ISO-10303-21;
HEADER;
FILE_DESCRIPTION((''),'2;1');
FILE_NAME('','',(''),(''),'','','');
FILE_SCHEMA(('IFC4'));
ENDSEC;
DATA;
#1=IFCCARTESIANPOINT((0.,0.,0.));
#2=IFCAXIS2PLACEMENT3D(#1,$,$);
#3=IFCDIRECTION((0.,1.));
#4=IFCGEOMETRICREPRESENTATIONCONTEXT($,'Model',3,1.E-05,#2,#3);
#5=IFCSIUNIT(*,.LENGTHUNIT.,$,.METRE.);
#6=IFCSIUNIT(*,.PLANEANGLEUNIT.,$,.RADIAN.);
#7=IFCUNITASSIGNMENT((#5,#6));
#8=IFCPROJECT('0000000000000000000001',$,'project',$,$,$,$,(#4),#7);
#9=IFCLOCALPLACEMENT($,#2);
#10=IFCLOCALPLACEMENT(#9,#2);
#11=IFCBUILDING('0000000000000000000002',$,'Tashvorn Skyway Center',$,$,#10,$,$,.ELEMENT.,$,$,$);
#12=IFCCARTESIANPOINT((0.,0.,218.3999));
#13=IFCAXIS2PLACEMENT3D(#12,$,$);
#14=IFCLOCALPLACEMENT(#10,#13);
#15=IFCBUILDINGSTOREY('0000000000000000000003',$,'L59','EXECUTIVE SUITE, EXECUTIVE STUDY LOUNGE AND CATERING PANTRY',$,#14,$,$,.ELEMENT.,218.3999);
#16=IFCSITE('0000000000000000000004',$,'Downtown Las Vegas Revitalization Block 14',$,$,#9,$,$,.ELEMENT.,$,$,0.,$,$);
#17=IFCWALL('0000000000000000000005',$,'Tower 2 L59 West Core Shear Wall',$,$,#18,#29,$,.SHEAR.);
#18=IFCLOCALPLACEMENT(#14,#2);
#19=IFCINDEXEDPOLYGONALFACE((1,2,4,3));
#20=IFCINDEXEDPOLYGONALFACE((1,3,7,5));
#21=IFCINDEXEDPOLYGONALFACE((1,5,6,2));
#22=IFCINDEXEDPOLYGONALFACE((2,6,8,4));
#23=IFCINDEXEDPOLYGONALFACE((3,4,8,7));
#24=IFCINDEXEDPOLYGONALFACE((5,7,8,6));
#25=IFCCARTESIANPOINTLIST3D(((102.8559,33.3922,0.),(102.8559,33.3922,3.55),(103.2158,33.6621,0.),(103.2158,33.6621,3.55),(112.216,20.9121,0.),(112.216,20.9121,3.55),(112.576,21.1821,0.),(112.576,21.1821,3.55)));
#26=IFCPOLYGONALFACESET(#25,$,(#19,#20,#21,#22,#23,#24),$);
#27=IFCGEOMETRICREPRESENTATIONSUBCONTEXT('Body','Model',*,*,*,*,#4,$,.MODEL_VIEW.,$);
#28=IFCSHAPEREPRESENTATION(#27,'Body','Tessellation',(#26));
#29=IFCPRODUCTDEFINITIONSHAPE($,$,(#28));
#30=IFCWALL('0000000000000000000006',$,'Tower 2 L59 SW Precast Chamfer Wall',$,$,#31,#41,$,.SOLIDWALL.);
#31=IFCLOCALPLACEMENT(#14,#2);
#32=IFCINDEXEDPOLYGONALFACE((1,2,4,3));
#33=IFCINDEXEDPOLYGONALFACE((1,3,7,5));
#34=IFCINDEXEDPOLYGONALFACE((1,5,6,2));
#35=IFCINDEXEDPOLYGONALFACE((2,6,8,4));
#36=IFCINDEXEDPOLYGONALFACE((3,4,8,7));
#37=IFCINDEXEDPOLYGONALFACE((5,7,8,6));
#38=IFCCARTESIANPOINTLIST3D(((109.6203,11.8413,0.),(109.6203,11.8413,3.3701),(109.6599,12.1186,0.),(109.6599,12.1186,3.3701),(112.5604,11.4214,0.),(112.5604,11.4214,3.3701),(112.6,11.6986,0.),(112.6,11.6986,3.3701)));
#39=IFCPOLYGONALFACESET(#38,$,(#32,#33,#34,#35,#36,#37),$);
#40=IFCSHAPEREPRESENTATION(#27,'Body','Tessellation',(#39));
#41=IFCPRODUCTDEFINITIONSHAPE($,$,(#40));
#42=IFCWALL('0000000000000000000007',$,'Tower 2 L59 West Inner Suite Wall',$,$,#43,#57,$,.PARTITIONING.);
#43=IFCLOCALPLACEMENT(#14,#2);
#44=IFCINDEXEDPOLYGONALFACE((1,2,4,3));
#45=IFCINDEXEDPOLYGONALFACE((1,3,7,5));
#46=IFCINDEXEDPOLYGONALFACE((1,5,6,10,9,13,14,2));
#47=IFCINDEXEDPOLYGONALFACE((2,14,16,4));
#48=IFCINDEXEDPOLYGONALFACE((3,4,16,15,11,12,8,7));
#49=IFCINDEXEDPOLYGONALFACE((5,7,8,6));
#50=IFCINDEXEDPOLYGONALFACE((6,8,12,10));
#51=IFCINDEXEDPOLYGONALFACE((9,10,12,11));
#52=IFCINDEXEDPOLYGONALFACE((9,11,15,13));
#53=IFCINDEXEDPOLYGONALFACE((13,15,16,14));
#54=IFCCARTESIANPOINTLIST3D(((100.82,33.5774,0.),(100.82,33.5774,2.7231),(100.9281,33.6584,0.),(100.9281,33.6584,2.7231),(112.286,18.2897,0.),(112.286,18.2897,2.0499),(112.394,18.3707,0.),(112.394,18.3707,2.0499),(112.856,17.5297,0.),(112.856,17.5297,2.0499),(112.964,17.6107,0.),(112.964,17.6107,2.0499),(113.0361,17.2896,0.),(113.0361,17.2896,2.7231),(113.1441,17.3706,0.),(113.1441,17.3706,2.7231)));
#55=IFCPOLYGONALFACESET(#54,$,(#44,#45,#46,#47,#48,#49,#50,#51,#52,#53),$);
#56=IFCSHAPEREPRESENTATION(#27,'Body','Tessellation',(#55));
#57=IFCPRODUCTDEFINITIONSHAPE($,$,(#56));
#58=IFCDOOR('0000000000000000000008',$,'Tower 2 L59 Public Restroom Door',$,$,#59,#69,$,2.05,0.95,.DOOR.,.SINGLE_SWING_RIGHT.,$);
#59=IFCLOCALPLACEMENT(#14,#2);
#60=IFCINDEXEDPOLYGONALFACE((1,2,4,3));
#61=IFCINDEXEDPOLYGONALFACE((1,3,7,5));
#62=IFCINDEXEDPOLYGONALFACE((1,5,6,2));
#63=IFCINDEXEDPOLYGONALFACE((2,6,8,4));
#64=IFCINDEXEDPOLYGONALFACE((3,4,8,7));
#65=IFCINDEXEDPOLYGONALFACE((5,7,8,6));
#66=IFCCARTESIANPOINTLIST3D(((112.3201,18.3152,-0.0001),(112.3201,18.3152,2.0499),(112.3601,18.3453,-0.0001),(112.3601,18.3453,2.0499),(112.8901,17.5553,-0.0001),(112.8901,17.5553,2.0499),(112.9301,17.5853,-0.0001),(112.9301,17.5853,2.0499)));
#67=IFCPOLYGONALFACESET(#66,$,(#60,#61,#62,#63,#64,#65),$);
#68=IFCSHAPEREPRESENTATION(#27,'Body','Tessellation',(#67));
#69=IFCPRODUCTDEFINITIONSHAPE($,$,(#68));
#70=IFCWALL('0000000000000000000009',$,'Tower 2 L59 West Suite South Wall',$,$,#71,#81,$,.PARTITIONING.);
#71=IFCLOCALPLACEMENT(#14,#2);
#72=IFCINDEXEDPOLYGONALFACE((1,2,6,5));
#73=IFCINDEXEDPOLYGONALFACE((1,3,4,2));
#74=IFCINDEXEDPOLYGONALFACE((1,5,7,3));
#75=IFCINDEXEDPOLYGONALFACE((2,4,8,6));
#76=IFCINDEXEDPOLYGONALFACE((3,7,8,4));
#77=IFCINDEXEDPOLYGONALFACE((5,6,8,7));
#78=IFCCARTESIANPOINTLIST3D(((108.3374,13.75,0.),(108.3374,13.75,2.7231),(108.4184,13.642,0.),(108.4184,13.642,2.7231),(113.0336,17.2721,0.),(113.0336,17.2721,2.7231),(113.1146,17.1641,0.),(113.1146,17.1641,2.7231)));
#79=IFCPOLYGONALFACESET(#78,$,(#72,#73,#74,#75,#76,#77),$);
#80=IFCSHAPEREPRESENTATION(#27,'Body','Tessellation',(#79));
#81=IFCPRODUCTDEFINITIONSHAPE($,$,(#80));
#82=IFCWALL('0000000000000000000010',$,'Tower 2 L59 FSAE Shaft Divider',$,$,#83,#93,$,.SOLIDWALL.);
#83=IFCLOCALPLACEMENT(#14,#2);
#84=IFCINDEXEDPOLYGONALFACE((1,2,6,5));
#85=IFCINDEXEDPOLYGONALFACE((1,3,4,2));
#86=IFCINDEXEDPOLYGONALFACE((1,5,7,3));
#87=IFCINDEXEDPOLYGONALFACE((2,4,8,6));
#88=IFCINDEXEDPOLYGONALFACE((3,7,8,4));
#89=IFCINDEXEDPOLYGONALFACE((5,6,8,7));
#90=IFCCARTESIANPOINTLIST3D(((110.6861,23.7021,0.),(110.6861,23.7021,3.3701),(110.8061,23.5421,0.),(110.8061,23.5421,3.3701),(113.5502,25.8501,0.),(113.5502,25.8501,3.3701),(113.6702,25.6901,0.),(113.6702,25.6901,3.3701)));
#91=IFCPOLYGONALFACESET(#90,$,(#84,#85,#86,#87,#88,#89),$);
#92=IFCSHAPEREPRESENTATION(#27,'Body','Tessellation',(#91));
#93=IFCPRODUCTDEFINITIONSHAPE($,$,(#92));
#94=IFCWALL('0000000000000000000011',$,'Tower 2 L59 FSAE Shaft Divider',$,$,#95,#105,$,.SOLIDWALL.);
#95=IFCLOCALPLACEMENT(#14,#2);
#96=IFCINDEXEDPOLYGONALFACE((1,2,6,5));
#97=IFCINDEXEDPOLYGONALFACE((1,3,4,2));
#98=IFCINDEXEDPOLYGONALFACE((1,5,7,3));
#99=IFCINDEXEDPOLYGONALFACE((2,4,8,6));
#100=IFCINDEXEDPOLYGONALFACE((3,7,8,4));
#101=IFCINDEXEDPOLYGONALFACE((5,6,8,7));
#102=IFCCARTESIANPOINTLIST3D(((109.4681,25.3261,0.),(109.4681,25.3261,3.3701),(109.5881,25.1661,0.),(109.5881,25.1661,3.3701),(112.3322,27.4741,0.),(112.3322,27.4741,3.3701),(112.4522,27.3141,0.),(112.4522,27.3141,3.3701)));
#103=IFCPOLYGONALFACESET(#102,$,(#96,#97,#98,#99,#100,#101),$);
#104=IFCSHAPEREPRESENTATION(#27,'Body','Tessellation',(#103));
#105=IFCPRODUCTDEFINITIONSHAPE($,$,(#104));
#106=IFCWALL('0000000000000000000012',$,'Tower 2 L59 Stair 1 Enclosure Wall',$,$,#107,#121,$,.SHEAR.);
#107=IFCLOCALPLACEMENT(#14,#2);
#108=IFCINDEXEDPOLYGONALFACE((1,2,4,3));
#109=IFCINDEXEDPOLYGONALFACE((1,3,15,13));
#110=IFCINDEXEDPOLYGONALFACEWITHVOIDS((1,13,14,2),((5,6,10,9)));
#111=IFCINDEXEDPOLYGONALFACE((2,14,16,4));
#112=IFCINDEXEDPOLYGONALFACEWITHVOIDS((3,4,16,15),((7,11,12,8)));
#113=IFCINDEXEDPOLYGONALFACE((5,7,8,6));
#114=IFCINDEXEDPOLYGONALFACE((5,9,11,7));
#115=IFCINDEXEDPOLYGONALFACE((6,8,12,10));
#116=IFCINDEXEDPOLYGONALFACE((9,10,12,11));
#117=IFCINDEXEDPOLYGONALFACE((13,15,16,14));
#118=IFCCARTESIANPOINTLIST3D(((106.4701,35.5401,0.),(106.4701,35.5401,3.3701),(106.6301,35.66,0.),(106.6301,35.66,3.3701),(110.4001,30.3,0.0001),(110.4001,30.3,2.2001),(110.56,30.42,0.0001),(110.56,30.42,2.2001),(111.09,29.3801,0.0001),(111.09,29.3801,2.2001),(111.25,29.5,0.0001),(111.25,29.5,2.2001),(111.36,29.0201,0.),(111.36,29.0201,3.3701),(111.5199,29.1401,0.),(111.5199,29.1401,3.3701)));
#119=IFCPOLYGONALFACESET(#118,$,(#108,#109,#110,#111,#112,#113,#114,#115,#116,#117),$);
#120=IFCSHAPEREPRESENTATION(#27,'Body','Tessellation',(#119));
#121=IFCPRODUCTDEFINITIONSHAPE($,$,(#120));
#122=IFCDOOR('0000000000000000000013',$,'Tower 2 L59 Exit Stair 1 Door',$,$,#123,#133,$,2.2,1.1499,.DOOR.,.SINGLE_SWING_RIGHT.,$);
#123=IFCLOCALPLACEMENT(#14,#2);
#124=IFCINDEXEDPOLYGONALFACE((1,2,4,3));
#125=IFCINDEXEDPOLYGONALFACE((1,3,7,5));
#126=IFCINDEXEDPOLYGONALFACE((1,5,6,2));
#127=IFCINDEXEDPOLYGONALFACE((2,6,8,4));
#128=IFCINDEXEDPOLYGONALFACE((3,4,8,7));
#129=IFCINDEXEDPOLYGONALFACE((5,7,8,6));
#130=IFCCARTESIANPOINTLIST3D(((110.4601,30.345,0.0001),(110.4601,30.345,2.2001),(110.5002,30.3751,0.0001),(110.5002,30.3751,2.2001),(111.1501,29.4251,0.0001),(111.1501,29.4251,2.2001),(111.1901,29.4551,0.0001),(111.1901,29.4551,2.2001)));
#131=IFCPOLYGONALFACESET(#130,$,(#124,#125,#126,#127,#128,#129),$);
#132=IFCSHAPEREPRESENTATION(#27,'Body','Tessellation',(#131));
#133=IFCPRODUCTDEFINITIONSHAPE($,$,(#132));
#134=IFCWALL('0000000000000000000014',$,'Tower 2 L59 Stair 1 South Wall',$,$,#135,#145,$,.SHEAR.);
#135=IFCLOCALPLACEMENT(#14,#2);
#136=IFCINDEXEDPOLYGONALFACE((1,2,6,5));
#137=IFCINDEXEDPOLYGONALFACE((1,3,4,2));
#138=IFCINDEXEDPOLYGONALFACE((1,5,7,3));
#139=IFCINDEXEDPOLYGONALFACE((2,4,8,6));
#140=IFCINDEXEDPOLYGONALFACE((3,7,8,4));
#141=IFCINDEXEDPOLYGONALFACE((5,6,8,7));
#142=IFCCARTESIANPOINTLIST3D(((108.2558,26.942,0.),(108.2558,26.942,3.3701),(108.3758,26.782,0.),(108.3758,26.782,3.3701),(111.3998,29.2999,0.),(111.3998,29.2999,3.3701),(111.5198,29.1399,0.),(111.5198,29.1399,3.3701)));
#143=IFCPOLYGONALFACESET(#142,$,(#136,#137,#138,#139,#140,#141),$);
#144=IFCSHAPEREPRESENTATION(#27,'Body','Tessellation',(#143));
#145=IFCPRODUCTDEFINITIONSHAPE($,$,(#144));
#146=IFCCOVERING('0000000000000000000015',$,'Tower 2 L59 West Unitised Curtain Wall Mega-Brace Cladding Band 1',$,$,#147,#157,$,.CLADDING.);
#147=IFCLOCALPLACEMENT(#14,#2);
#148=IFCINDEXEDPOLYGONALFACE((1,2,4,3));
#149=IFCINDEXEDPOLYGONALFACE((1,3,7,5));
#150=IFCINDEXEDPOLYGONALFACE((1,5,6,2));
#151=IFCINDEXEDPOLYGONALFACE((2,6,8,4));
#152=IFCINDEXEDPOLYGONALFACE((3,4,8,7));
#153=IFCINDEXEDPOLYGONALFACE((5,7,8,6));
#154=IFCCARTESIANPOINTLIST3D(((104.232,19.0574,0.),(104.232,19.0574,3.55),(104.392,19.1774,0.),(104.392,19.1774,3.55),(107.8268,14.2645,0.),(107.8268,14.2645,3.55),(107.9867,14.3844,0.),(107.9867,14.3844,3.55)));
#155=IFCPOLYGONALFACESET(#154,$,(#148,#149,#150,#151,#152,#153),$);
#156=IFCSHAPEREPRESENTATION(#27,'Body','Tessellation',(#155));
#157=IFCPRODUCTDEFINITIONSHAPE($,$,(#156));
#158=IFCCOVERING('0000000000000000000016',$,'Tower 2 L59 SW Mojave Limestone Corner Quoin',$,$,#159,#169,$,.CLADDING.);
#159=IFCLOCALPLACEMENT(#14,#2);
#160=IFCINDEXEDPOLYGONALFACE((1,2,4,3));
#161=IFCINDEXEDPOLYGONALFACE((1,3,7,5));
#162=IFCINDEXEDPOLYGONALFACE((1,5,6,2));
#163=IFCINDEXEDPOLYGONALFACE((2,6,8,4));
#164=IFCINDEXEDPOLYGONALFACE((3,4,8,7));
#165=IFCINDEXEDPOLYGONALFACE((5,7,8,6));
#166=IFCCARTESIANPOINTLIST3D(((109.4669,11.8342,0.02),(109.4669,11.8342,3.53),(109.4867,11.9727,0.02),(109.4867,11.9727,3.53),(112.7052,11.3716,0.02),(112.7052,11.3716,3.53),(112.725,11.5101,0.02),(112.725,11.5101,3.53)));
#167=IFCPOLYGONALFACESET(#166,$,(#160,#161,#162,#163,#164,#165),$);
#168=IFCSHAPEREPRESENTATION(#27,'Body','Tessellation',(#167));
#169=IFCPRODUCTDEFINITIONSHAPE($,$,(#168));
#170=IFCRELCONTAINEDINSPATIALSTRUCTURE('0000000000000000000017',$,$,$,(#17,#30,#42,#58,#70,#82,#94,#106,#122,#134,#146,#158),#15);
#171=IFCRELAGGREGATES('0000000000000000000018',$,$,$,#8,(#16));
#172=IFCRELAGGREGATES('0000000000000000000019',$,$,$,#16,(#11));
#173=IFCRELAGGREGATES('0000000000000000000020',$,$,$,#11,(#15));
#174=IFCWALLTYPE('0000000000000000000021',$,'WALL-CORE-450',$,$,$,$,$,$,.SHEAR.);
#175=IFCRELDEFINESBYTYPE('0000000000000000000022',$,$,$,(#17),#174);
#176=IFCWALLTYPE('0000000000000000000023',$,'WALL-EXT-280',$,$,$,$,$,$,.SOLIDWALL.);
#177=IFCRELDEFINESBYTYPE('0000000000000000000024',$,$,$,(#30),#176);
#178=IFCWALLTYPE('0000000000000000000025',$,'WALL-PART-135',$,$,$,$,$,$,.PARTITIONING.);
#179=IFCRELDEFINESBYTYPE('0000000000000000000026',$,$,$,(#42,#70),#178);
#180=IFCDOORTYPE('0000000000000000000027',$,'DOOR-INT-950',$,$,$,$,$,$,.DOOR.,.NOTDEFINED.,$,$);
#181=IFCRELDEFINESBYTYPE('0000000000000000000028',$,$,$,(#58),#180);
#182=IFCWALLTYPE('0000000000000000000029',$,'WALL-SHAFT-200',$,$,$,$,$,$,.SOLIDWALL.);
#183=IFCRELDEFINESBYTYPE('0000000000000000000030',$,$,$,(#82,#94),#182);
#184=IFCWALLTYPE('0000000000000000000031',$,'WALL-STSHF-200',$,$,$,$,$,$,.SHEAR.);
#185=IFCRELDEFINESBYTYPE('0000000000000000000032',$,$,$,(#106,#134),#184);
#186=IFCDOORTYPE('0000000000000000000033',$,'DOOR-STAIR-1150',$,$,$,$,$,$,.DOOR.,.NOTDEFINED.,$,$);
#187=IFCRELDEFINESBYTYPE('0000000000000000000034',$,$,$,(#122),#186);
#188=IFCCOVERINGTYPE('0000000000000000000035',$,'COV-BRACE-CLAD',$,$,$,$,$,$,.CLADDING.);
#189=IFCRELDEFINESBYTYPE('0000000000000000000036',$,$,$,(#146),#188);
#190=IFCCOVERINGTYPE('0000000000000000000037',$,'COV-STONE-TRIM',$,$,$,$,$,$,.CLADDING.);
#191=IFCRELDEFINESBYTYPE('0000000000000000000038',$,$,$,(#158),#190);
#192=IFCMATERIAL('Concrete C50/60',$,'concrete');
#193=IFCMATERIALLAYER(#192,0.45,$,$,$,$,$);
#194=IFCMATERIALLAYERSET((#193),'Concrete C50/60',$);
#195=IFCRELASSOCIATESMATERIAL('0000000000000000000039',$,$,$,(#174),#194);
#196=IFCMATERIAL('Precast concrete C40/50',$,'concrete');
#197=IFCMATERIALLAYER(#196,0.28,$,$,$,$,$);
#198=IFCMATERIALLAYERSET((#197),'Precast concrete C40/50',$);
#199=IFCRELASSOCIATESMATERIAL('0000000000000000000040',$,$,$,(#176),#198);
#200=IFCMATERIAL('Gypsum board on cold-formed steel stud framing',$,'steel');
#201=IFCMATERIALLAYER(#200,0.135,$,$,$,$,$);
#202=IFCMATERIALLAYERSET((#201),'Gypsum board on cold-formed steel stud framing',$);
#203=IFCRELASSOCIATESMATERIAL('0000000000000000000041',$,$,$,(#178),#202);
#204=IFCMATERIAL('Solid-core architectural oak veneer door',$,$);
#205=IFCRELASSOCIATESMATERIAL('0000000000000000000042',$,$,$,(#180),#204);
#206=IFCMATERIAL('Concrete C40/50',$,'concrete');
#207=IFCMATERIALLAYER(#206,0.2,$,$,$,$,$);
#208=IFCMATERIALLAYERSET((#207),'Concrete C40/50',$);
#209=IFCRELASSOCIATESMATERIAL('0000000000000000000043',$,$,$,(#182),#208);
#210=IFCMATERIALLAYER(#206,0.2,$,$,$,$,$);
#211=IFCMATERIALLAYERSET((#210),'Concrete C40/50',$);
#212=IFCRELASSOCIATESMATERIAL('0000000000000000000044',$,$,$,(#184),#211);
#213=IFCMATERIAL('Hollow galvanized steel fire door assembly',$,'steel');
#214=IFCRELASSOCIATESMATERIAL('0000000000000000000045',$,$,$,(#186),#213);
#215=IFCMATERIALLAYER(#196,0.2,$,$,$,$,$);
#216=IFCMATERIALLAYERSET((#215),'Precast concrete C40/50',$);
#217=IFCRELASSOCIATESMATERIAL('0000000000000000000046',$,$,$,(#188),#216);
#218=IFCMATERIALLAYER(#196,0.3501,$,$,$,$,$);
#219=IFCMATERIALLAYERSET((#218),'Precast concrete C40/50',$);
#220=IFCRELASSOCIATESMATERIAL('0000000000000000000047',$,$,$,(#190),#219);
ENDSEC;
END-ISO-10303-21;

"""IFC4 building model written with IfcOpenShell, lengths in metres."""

from ifc_helpers import new_model, si_unit, direction, frame, frame_2d, origin, origin_2d, place, context, subcontext, project, spatial, rectangle, extrude, material, layer, layer_set, type_object, element, fill, save


model = new_model("IFC4")

# Units and contexts
model_context = context("Model", 3, precision=1e-05, world=origin(), true_north=direction((0.0, 1.0)))
body_context = subcontext(model_context, "Body", "Model", "MODEL_VIEW")
ifc_project = project(units=[si_unit("LENGTHUNIT", "METRE"), si_unit("PLANEANGLEUNIT", "RADIAN")], contexts=[model_context])

# Site, building, storey
site_placement = place(None, origin())
site = spatial("IfcSite", under=ifc_project, at=site_placement, Name="Downtown Las Vegas Revitalization Block 14", CompositionType="ELEMENT", RefElevation=0.0)
building_placement = place(site_placement, origin())
building = spatial("IfcBuilding", under=site, at=building_placement, Name="Tashvorn Skyway Center", CompositionType="ELEMENT")
storey_placement = place(building_placement, frame((0.0, 0.0, 218.3999)))
storey = spatial("IfcBuildingStorey", under=building, at=storey_placement, Name="L59", Description="EXECUTIVE SUITE, EXECUTIVE STUDY LOUNGE AND CATERING PANTRY", CompositionType="ELEMENT", Elevation=218.3999)

# Walls
ifc_material_1 = material(Name="Concrete C50/60", Category="concrete")
ifc_layer_1 = layer(ifc_material_1, 0.45)
ifc_layer_set_1 = layer_set([ifc_layer_1], Name="Concrete C50/60")
wall_type_1 = type_object("IfcWallType", Name="WALL-CORE-450", PredefinedType="SHEAR", material=ifc_layer_set_1)
wall_1_placement = place(storey_placement, frame((112.396, 21.0471, 0.0), z_axis=(0.0, 0.0, 1.0), x_axis=(-0.600005, 0.799996, 0.0)))
element("IfcWall", 1, at=wall_1_placement, inside=storey, type_object=wall_type_1, Name="Tower 2 L59 West Core Shear Wall", PredefinedType="SHEAR", context=body_context, shape_type="SweptSolid", body=[
    extrude(rectangle(XDim=15.6001, YDim=0.45, at=frame_2d((7.8, 0.0))), origin(), (0.0, 0.0, 1.0), 3.55),
])
ifc_material_2 = material(Name="Precast concrete C40/50", Category="concrete")
ifc_layer_2 = layer(ifc_material_2, 0.28)
ifc_layer_set_2 = layer_set([ifc_layer_2], Name="Precast concrete C40/50")
wall_type_2 = type_object("IfcWallType", Name="WALL-EXT-280", PredefinedType="SOLIDWALL", material=ifc_layer_set_2)
wall_2_placement = place(storey_placement, frame((112.5801, 11.5601, 0.0), z_axis=(0.0, 0.0, 1.0), x_axis=(-0.989954, 0.141387, 0.0)))
element("IfcWall", 2, at=wall_2_placement, inside=storey, type_object=wall_type_2, Name="Tower 2 L59 SW Precast Chamfer Wall", PredefinedType="SOLIDWALL", context=body_context, shape_type="SweptSolid", body=[
    extrude(rectangle(XDim=2.97, YDim=0.28, at=frame_2d((1.4849, 0.0))), origin(), (0.0, 0.0, 1.0), 3.3701),
])

# Wall, opening, door
ifc_material_3 = material(Name="Gypsum board on cold-formed steel stud framing", Category="steel")
ifc_layer_3 = layer(ifc_material_3, 0.135)
ifc_layer_set_3 = layer_set([ifc_layer_3], Name="Gypsum board on cold-formed steel stud framing")
wall_type_3 = type_object("IfcWallType", Name="WALL-PART-135", PredefinedType="PARTITIONING", material=ifc_layer_set_3)
wall_3_placement = place(storey_placement, frame((113.0901, 17.3301, 0.0), z_axis=(0.0, 0.0, 1.0), x_axis=(-0.600006, 0.799996, 0.0)))
wall_3 = element("IfcWall", 3, at=wall_3_placement, inside=storey, type_object=wall_type_3, Name="Tower 2 L59 West Inner Suite Wall", PredefinedType="PARTITIONING", context=body_context, shape_type="SweptSolid", body=[
    extrude(rectangle(XDim=20.3599, YDim=0.135, at=frame_2d((10.1799, 0.0))), origin(), (0.0, 0.0, 1.0), 2.7231),
])
opening_1_placement = place(wall_3_placement, frame((0.3, 0.0, 0.0)))
opening_1 = element("IfcOpeningElement", 4, at=opening_1_placement, cuts=wall_3, PredefinedType="OPENING", context=body_context, shape_type="SweptSolid", body=[
    extrude(rectangle(XDim=0.95, YDim=2.05, at=frame_2d((0.4751, 1.0249))), frame((0.0, 0.0774, 0.0), z_axis=(0.0, -1.0, 0.0), x_axis=(1.0, 0.0, 0.0)), (0.0, 0.0, 1.0), 0.155),
])
ifc_material_4 = material(Name="Solid-core architectural oak veneer door")
door_type_1 = type_object("IfcDoorType", Name="DOOR-INT-950", OperationType="NOTDEFINED", PredefinedType="DOOR", material=ifc_material_4)
door_1_placement = place(opening_1_placement, origin())
door_1 = element("IfcDoor", 5, at=door_1_placement, inside=storey, type_object=door_type_1, Name="Tower 2 L59 Public Restroom Door", OperationType="SINGLE_SWING_RIGHT", OverallHeight=2.05, OverallWidth=0.95, PredefinedType="DOOR", context=body_context, shape_type="SweptSolid", body=[
    extrude(rectangle(XDim=0.95, YDim=2.05, at=frame_2d((0.4751, 1.0249))), frame((0.0, 0.0249, 0.0), z_axis=(0.0, -1.0, 0.0), x_axis=(1.0, 0.0, 0.0)), (0.0, 0.0, 1.0), 0.05),
])
fill(opening_1, door_1)

# Walls
wall_4_placement = place(storey_placement, frame((108.3779, 13.696, 0.0), z_axis=(0.0, 0.0, 1.0), x_axis=(0.800005, 0.599993, 0.0)))
element("IfcWall", 6, at=wall_4_placement, inside=storey, type_object=wall_type_3, Name="Tower 2 L59 West Suite South Wall", PredefinedType="PARTITIONING", context=body_context, shape_type="SweptSolid", body=[
    extrude(rectangle(XDim=5.8701, YDim=0.135, at=frame_2d((2.9351, 0.0))), origin(), (0.0, 0.0, 1.0), 2.7231),
])
ifc_material_5 = material(Name="Concrete C40/50", Category="concrete")
ifc_layer_4 = layer(ifc_material_5, 0.2)
ifc_layer_set_4 = layer_set([ifc_layer_4], Name="Concrete C40/50")
wall_type_4 = type_object("IfcWallType", Name="WALL-SHAFT-200", PredefinedType="SOLIDWALL", material=ifc_layer_set_4)
for number, where, z_axis, x_axis, name in (
    (7, (110.7461, 23.6221, 0.0), (0.0, 0.0, 1.0), (0.800008, 0.599989, 0.0), "Tower 2 L59 FSAE Shaft Divider"),
    (8, (109.5281, 25.2461, 0.0), (0.0, 0.0, 1.0), (0.800008, 0.599989, 0.0), "Tower 2 L59 FSAE Shaft Divider"),
):
    element("IfcWall", number, at=place(storey_placement, frame(where, z_axis=z_axis, x_axis=x_axis)), inside=storey, type_object=wall_type_4, Name=name, PredefinedType="SOLIDWALL", context=body_context, shape_type="SweptSolid", body=[
        extrude(rectangle(XDim=3.5801, YDim=0.2, at=frame_2d((1.79, 0.0))), origin(), (0.0, 0.0, 1.0), 3.3701),
    ])

# Wall, opening, door
ifc_layer_5 = layer(ifc_material_5, 0.2)
ifc_layer_set_5 = layer_set([ifc_layer_5], Name="Concrete C40/50")
wall_type_5 = type_object("IfcWallType", Name="WALL-STSHF-200", PredefinedType="SHEAR", material=ifc_layer_set_5)
wall_5_placement = place(storey_placement, frame((111.4399, 29.0801, 0.0), z_axis=(0.0, 0.0, 1.0), x_axis=(-0.59999, 0.800007, 0.0)))
wall_5 = element("IfcWall", 9, at=wall_5_placement, inside=storey, type_object=wall_type_5, Name="Tower 2 L59 Stair 1 Enclosure Wall", PredefinedType="SHEAR", context=body_context, shape_type="SweptSolid", body=[
    extrude(rectangle(XDim=8.1499, YDim=0.2, at=frame_2d((4.075, 0.0))), origin(), (0.0, 0.0, 1.0), 3.3701),
])
opening_2_placement = place(wall_5_placement, frame((0.45, 0.0, 0.0)))
opening_2 = element("IfcOpeningElement", 10, at=opening_2_placement, cuts=wall_5, PredefinedType="OPENING", context=body_context, shape_type="SweptSolid", body=[
    extrude(rectangle(XDim=1.1499, YDim=2.2, at=frame_2d((0.575, 1.1001))), frame((0.0, 0.1099, 0.0), z_axis=(0.0, -1.0, 0.0), x_axis=(1.0, 0.0, 0.0)), (0.0, 0.0, 1.0), 0.22),
])
ifc_material_6 = material(Name="Hollow galvanized steel fire door assembly", Category="steel")
door_type_2 = type_object("IfcDoorType", Name="DOOR-STAIR-1150", OperationType="NOTDEFINED", PredefinedType="DOOR", material=ifc_material_6)
door_2_placement = place(opening_2_placement, origin())
door_2 = element("IfcDoor", 11, at=door_2_placement, inside=storey, type_object=door_type_2, Name="Tower 2 L59 Exit Stair 1 Door", OperationType="SINGLE_SWING_RIGHT", OverallHeight=2.2, OverallWidth=1.1499, PredefinedType="DOOR", context=body_context, shape_type="SweptSolid", body=[
    extrude(rectangle(XDim=1.1499, YDim=2.2, at=frame_2d((0.575, 1.1001))), frame((0.0, 0.0249, 0.0), z_axis=(0.0, -1.0, 0.0), x_axis=(1.0, 0.0, 0.0)), (0.0, 0.0, 1.0), 0.05),
])
fill(opening_2, door_2)

# Wall
wall_6_placement = place(storey_placement, frame((108.3159, 26.8621, 0.0), z_axis=(0.0, 0.0, 1.0), x_axis=(0.800015, 0.59998, 0.0)))
element("IfcWall", 12, at=wall_6_placement, inside=storey, type_object=wall_type_5, Name="Tower 2 L59 Stair 1 South Wall", PredefinedType="SHEAR", context=body_context, shape_type="SweptSolid", body=[
    extrude(rectangle(XDim=3.9299, YDim=0.2, at=frame_2d((1.9648, 0.0))), origin(), (0.0, 0.0, 1.0), 3.3701),
])

# Coverings
ifc_layer_6 = layer(ifc_material_2, 0.2)
ifc_layer_set_6 = layer_set([ifc_layer_6], Name="Precast concrete C40/50")
covering_type_1 = type_object("IfcCoveringType", Name="COV-BRACE-CLAD", PredefinedType="CLADDING", material=ifc_layer_set_6)
covering_1_placement = place(storey_placement, frame((106.1094, 16.7209, 0.0), z_axis=(0.0, 0.0, 1.0), x_axis=(-0.6, 0.8, 0.0)))
element("IfcCovering", 13, at=covering_1_placement, inside=storey, type_object=covering_type_1, Name="Tower 2 L59 West Unitised Curtain Wall Mega-Brace Cladding Band 1", PredefinedType="CLADDING", context=body_context, shape_type="SweptSolid", body=[
    extrude(rectangle(XDim=5.9912, YDim=0.2, at=origin_2d()), origin(), (0.0, 0.0, 1.0), 3.55),
])
ifc_layer_7 = layer(ifc_material_2, 0.3501)
ifc_layer_set_7 = layer_set([ifc_layer_7], Name="Precast concrete C40/50")
covering_type_2 = type_object("IfcCoveringType", Name="COV-STONE-TRIM", PredefinedType="CLADDING", material=ifc_layer_set_7)
covering_2_placement = place(storey_placement, frame((111.0959, 11.6721, 0.02), z_axis=(0.0, 0.0, 1.0), x_axis=(-0.989949, 0.141421, 0.0)))
element("IfcCovering", 14, at=covering_2_placement, inside=storey, type_object=covering_type_2, Name="Tower 2 L59 SW Mojave Limestone Corner Quoin", PredefinedType="CLADDING", context=body_context, shape_type="SweptSolid", body=[
    extrude(rectangle(XDim=3.2712, YDim=0.1399, at=origin_2d()), origin(), (0.0, 0.0, 1.0), 3.51),
])

save(model, "model.ifc")
